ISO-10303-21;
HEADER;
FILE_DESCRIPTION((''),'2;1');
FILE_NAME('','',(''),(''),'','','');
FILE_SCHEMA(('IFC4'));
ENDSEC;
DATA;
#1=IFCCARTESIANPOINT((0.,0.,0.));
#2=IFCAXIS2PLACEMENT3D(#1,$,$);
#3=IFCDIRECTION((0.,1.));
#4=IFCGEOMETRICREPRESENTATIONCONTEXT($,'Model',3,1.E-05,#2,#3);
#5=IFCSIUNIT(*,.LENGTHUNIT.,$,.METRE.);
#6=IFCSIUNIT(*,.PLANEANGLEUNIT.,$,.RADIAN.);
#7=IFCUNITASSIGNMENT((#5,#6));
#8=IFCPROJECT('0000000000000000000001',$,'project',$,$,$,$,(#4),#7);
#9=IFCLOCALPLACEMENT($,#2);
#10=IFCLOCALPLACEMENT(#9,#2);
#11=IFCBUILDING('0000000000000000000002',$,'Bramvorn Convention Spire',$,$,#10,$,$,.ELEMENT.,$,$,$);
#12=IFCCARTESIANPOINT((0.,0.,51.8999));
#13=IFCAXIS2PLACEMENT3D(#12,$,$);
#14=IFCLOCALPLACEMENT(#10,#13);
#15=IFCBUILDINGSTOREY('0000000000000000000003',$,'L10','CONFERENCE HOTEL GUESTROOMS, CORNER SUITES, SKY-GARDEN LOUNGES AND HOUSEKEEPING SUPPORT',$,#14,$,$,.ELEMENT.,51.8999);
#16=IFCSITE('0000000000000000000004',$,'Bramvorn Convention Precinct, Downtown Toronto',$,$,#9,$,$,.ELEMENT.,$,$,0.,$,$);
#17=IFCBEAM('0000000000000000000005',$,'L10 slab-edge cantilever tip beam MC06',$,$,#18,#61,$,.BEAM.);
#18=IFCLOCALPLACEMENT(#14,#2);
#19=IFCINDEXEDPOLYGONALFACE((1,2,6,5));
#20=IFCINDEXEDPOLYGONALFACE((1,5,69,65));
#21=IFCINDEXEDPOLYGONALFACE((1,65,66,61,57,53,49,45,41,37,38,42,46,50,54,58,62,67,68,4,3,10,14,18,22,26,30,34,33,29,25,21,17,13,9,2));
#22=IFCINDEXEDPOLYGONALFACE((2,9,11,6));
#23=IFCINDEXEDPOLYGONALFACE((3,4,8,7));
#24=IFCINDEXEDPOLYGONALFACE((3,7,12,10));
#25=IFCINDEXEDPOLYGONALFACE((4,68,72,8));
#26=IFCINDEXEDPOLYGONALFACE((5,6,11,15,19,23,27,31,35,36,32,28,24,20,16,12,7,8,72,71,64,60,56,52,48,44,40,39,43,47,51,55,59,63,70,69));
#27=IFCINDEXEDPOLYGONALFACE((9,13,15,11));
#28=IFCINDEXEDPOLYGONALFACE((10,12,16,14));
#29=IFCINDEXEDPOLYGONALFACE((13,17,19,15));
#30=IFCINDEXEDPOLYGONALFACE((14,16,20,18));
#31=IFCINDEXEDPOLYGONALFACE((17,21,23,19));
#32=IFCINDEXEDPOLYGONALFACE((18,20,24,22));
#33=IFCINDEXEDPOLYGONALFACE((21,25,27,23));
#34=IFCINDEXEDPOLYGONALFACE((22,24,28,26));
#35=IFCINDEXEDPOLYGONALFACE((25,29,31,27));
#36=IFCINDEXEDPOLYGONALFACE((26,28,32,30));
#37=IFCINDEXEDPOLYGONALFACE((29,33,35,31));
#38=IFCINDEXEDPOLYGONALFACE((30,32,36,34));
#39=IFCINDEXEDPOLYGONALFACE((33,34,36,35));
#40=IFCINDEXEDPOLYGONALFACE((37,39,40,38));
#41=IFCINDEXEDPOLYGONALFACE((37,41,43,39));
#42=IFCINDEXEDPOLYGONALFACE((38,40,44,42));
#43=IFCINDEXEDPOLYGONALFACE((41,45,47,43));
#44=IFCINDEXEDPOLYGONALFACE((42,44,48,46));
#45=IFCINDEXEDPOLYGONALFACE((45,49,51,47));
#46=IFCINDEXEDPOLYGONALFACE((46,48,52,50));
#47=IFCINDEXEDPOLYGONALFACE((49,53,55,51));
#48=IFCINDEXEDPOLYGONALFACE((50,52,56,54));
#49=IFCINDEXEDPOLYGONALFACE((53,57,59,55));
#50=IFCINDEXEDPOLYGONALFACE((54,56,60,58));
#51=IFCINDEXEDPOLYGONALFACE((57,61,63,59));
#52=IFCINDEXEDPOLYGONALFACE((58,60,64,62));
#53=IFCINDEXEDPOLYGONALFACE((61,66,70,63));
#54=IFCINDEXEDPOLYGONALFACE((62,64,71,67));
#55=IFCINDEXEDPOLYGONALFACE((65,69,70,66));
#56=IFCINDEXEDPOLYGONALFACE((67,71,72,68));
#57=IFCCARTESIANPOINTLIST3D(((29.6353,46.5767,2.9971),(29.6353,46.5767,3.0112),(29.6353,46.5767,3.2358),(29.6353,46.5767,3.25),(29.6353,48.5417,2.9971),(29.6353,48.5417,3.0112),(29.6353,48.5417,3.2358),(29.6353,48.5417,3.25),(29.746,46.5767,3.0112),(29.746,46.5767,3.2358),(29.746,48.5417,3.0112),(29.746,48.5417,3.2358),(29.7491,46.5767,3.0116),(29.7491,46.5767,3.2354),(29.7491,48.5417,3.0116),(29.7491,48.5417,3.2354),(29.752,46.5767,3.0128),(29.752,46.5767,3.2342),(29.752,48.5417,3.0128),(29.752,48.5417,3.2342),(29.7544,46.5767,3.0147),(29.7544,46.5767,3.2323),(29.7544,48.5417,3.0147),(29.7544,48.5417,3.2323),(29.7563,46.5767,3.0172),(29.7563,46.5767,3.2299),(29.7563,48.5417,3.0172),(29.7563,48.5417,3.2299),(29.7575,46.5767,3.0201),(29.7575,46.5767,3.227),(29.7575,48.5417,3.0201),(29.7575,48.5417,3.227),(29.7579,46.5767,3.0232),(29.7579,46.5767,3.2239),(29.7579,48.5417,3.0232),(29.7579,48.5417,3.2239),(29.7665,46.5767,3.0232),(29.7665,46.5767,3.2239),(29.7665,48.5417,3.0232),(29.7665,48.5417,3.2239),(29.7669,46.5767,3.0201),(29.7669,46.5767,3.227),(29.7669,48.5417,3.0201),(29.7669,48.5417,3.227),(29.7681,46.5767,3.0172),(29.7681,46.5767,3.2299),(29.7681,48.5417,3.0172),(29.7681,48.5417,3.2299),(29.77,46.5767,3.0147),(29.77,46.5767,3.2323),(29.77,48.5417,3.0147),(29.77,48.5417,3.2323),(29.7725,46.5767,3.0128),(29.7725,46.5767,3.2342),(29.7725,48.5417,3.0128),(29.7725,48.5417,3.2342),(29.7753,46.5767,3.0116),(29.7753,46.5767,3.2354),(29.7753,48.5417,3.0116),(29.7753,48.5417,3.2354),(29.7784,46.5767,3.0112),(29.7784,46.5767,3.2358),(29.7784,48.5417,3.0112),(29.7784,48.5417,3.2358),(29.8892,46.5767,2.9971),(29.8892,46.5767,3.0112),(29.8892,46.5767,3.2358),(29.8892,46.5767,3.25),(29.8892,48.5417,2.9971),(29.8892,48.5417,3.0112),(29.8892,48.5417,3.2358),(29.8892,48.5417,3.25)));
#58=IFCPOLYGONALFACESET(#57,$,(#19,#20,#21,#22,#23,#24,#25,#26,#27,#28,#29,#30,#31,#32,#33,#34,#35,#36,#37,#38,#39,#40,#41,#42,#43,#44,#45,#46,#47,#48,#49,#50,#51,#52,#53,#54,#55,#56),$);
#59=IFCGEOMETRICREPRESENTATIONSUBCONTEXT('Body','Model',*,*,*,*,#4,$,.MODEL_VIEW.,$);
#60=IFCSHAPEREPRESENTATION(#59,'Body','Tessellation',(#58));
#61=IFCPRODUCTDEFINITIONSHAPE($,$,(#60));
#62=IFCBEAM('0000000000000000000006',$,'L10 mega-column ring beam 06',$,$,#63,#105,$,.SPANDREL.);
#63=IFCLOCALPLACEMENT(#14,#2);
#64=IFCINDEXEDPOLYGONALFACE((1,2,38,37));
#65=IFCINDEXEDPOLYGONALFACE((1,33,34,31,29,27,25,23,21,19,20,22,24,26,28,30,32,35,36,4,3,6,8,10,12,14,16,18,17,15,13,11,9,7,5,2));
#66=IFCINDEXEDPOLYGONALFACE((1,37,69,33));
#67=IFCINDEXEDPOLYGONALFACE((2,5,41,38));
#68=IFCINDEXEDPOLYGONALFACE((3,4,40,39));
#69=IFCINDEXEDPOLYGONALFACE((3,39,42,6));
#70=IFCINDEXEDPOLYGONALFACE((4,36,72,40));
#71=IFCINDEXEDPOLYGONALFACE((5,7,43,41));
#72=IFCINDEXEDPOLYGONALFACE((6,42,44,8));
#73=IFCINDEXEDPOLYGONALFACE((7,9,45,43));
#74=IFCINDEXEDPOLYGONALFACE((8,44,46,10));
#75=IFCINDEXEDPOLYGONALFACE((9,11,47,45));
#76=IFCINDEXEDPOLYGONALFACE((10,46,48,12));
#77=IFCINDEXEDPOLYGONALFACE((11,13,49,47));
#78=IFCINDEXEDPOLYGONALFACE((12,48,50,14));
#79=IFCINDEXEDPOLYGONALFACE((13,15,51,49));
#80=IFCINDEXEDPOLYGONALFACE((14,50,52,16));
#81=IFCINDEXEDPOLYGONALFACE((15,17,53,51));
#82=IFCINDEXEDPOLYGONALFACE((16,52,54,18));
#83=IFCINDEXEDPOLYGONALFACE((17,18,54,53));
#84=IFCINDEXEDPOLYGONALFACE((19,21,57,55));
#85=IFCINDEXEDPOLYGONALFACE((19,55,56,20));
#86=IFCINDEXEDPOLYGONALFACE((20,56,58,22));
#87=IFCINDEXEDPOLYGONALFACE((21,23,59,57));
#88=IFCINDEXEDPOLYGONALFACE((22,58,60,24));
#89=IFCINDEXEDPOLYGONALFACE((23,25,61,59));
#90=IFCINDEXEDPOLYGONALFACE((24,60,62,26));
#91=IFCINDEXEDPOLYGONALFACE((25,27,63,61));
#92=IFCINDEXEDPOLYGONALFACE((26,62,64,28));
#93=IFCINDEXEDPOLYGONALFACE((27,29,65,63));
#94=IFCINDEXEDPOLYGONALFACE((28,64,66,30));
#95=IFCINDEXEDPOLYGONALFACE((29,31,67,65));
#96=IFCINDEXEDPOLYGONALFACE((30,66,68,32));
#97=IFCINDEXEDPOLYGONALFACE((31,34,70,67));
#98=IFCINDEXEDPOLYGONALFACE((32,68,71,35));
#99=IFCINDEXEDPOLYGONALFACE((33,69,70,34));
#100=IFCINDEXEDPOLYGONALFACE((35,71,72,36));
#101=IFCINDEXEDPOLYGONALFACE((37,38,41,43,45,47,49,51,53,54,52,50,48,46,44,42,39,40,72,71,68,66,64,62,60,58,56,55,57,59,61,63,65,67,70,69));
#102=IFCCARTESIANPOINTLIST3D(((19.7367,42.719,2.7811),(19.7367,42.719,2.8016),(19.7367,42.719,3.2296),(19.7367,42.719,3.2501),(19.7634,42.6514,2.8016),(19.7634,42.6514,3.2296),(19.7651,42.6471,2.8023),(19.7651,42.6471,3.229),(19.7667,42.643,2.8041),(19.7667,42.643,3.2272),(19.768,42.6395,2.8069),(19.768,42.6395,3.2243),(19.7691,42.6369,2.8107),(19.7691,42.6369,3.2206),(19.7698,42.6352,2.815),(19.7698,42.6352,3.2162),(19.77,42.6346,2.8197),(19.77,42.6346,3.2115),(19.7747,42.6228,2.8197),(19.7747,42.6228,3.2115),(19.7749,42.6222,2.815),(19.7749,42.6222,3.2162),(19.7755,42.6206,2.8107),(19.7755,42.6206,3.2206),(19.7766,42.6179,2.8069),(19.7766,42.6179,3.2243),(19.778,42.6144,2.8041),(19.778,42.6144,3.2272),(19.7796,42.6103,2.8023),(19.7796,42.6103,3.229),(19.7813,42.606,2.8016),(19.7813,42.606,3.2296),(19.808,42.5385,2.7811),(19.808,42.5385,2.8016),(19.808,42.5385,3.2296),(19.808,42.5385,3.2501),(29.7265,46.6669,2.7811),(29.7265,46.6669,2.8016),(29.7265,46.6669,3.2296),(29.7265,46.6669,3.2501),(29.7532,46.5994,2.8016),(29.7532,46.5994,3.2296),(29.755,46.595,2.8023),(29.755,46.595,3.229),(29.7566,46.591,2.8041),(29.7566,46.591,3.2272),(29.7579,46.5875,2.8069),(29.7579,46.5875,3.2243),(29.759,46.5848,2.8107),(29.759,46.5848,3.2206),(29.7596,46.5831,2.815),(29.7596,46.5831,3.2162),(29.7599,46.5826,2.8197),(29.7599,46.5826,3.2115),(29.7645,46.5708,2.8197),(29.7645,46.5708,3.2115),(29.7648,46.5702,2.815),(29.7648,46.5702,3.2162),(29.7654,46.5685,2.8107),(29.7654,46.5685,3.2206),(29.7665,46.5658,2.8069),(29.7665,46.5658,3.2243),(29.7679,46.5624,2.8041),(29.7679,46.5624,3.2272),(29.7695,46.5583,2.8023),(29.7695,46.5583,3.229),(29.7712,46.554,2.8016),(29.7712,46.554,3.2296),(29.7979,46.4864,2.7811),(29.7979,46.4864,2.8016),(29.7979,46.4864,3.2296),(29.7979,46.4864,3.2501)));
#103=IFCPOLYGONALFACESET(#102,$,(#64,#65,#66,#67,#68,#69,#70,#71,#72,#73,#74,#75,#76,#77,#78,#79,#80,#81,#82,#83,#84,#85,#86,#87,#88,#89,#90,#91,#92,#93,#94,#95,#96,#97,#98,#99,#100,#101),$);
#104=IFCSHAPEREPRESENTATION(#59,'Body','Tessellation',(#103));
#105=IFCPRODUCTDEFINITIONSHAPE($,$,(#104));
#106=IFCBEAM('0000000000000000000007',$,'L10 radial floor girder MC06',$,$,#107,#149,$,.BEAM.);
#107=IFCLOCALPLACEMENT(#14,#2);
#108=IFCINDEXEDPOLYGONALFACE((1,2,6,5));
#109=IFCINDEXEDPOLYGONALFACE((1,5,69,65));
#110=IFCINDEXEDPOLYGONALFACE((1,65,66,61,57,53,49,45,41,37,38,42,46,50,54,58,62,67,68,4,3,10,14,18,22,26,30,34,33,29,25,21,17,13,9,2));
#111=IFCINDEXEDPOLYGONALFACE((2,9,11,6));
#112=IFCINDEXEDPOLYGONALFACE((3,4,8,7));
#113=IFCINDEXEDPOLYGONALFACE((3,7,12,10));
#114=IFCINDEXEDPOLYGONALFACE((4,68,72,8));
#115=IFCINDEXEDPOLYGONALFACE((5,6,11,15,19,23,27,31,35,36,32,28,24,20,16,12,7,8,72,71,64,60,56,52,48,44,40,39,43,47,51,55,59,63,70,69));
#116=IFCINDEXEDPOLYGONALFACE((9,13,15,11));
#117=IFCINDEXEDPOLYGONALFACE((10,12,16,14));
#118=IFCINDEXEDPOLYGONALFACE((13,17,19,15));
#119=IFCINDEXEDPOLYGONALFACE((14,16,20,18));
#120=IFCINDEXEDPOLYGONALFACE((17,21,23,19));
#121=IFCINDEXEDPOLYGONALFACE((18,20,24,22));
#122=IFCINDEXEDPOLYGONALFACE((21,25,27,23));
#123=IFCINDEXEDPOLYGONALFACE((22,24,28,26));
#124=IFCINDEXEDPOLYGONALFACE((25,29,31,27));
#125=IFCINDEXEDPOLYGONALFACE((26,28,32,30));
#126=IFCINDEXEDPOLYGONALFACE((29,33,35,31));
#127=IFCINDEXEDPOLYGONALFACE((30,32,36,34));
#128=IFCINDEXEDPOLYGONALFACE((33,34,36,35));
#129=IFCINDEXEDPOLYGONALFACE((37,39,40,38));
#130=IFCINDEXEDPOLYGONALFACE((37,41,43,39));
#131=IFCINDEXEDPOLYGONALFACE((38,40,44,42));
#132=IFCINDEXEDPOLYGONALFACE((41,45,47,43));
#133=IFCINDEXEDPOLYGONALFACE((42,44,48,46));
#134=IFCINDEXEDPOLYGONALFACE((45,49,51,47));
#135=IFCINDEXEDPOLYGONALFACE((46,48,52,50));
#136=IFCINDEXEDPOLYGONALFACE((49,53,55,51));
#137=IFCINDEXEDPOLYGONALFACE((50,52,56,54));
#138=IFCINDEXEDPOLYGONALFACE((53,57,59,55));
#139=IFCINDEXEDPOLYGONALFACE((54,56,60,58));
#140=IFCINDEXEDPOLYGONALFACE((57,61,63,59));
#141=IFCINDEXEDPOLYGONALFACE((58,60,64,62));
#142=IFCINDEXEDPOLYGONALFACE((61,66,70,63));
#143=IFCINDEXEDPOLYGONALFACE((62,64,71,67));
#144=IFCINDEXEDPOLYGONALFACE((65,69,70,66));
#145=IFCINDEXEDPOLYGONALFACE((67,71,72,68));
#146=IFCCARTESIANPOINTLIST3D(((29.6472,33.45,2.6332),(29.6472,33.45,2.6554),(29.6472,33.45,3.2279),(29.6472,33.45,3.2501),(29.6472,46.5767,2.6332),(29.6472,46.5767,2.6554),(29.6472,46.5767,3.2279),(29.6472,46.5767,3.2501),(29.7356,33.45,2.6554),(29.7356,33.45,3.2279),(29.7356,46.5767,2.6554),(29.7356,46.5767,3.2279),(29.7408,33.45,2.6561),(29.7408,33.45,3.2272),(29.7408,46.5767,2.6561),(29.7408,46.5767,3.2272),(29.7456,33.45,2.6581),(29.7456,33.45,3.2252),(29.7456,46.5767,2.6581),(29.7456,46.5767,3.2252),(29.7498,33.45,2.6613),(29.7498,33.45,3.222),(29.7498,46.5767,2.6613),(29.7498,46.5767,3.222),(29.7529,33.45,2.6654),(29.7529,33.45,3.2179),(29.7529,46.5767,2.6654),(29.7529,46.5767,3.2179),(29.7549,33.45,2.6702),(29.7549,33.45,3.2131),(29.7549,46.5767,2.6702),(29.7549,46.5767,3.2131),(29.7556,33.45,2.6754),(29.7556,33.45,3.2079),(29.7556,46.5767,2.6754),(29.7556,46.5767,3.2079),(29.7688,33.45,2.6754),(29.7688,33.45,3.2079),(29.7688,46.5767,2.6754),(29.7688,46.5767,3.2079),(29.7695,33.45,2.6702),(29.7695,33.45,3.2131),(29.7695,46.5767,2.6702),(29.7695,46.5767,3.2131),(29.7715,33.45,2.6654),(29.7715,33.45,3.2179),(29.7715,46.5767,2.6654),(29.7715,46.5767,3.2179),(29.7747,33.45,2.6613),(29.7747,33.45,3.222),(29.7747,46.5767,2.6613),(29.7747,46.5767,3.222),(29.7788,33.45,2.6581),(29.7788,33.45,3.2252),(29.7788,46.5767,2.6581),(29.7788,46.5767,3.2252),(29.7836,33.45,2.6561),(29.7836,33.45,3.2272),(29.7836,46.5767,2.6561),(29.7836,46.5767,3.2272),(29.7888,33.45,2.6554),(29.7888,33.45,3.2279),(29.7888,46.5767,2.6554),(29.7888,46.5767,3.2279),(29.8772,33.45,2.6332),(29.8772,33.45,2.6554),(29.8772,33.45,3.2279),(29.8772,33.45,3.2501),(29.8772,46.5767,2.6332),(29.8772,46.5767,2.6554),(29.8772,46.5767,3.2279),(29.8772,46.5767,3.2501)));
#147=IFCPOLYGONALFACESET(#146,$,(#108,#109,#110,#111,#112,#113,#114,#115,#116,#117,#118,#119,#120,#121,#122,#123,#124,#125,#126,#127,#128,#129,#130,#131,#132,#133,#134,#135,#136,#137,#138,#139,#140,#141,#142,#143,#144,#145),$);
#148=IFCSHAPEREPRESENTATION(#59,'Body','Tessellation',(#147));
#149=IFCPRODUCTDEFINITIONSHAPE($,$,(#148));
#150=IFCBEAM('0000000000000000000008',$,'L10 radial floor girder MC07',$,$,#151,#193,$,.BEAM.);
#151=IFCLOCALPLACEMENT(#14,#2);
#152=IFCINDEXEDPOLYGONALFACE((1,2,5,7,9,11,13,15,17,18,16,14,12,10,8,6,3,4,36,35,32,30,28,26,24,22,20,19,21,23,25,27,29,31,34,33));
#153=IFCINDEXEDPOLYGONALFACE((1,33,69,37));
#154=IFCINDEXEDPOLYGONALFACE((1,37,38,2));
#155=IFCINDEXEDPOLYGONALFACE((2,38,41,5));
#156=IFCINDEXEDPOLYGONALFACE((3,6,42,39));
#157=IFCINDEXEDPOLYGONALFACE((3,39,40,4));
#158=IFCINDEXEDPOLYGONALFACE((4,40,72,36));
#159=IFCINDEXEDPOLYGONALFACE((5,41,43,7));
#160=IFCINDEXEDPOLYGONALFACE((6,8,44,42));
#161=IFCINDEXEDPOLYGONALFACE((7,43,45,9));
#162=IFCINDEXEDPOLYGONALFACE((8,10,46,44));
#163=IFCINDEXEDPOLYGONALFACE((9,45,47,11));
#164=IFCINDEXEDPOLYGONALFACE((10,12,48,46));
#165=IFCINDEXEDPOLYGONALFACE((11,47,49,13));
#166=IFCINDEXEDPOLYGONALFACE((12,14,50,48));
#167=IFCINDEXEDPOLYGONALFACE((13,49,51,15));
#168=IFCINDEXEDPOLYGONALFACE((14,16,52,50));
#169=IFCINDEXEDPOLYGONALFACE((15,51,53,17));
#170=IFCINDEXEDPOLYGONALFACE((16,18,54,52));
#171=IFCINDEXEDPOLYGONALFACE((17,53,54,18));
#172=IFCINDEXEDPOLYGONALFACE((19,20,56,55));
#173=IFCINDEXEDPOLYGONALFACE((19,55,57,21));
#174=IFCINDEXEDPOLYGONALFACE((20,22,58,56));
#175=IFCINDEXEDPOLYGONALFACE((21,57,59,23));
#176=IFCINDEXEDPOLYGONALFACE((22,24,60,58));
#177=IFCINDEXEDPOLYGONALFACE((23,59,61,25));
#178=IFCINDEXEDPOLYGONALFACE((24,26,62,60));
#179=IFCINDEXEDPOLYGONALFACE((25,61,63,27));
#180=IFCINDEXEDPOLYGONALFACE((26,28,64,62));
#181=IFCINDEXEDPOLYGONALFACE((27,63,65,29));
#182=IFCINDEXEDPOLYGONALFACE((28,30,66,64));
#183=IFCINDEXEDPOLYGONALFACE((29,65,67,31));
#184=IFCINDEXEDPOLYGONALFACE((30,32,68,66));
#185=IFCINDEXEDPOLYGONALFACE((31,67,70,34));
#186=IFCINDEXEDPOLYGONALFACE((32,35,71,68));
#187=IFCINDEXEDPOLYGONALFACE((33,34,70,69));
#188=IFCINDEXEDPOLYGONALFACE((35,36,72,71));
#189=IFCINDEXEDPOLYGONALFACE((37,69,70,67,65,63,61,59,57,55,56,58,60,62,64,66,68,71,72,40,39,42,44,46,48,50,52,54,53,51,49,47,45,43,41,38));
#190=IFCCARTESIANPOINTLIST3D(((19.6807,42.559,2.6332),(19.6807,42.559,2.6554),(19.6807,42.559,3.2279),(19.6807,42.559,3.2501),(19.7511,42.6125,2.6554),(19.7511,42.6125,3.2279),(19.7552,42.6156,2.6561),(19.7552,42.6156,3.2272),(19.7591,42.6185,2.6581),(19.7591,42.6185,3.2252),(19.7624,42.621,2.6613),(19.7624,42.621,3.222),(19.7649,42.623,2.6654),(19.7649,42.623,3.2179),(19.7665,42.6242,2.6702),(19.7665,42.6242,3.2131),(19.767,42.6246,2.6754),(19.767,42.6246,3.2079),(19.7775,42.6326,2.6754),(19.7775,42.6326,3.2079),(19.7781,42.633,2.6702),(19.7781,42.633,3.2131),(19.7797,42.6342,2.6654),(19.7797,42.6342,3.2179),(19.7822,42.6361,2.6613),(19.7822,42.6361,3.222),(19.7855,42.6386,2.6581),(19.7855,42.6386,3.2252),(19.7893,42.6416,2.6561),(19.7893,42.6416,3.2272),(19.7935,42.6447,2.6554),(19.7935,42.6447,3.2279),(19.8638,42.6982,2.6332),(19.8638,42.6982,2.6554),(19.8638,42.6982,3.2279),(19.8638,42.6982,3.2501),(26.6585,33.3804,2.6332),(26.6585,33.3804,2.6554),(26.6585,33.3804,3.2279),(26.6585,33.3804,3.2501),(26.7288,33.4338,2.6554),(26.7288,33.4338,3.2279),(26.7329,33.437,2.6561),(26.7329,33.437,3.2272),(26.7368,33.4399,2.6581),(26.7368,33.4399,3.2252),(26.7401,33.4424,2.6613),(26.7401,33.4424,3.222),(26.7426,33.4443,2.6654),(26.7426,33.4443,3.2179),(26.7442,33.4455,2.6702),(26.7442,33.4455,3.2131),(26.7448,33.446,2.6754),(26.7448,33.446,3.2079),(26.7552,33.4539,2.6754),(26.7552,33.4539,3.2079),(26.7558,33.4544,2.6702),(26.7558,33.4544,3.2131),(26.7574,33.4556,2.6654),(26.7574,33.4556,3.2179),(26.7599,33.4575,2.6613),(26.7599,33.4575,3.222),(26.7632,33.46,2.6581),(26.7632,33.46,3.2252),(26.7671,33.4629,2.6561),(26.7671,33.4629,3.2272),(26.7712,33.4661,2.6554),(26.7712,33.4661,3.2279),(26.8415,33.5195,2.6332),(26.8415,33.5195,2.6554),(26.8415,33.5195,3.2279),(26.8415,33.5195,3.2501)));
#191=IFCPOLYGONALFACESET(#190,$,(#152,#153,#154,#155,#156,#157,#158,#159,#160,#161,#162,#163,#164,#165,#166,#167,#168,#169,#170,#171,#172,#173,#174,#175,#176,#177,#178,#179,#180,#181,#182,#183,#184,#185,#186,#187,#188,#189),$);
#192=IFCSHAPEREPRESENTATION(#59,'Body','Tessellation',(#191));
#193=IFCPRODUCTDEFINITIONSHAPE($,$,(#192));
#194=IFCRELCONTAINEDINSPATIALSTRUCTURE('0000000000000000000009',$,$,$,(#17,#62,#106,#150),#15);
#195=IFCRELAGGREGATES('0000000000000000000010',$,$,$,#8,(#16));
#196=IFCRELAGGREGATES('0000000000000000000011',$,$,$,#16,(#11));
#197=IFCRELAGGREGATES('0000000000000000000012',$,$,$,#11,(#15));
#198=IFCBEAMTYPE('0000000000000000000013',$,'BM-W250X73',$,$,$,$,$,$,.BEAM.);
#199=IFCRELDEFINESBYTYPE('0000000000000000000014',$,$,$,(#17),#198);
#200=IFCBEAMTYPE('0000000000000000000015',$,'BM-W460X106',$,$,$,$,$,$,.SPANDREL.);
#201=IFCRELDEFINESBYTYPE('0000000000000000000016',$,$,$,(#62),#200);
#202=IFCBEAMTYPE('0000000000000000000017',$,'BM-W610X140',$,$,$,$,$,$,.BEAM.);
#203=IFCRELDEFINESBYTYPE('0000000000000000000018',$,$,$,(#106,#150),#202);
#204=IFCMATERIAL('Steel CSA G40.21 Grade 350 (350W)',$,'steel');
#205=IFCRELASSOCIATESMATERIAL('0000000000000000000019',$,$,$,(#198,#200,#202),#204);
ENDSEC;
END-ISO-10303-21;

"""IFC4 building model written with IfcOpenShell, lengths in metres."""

from ifc_helpers import new_model, si_unit, direction, frame, origin, origin_2d, place, context, subcontext, project, spatial, i_section, extrude, material, material_profile, profile_set, type_object, element, save


model = new_model("IFC4")

# Units and contexts
model_context = context("Model", 3, precision=1e-05, world=origin(), true_north=direction((0.0, 1.0)))
body_context = subcontext(model_context, "Body", "Model", "MODEL_VIEW")
ifc_project = project(units=[si_unit("LENGTHUNIT", "METRE"), si_unit("PLANEANGLEUNIT", "RADIAN")], contexts=[model_context])

# Site, building, storey
site_placement = place(None, origin())
site = spatial("IfcSite", under=ifc_project, at=site_placement, Name="Bramvorn Convention Precinct, Downtown Toronto", CompositionType="ELEMENT", RefElevation=0.0)
building_placement = place(site_placement, origin())
building = spatial("IfcBuilding", under=site, at=building_placement, Name="Bramvorn Convention Spire", CompositionType="ELEMENT")
storey_placement = place(building_placement, frame((0.0, 0.0, 51.8999)))
storey = spatial("IfcBuildingStorey", under=building, at=storey_placement, Name="L10", Description="CONFERENCE HOTEL GUESTROOMS, CORNER SUITES, SKY-GARDEN LOUNGES AND HOUSEKEEPING SUPPORT", CompositionType="ELEMENT", Elevation=51.8999)

# Shared definitions
ifc_material_1 = material(Name="Steel CSA G40.21 Grade 350 (350W)", Category="steel")

# Beams
ifc_material_profile_1 = material_profile(ifc_material_1, i_section(OverallWidth=0.2539, OverallDepth=0.2529, WebThickness=0.0085, FlangeThickness=0.0142, FilletRadius=0.012, at=origin_2d()))
ifc_profile_set_1 = profile_set([ifc_material_profile_1], Name="Steel CSA G40.21 Grade 350 (350W) - W250X73")
beam_type_1 = type_object("IfcBeamType", Name="BM-W250X73", PredefinedType="BEAM", material=ifc_profile_set_1)
beam_1_placement = place(storey_placement, frame((29.7622, 46.5767, 3.1235), z_axis=(0.0, 1.0, 0.0), x_axis=(-1.0, 0.0, 0.0)))
element("IfcBeam", 1, at=beam_1_placement, inside=storey, type_object=beam_type_1, Name="L10 slab-edge cantilever tip beam MC06", PredefinedType="BEAM", context=body_context, shape_type="SweptSolid", body=[
    extrude(i_section(OverallWidth=0.2539, OverallDepth=0.2529, WebThickness=0.0085, FlangeThickness=0.0142, FilletRadius=0.012, at=origin_2d()), origin(), (0.0, 0.0, 1.0), 1.9651),
])
ifc_material_profile_2 = material_profile(ifc_material_1, i_section(OverallWidth=0.1941, OverallDepth=0.469, WebThickness=0.0127, FlangeThickness=0.0205, FilletRadius=0.0181, at=origin_2d()))
ifc_profile_set_2 = profile_set([ifc_material_profile_2], Name="Steel CSA G40.21 Grade 350 (350W) - W460X106")
beam_type_2 = type_object("IfcBeamType", Name="BM-W460X106", PredefinedType="SPANDREL", material=ifc_profile_set_2)
beam_2_placement = place(storey_placement, frame((29.7622, 46.5767, 3.0156), z_axis=(-0.93001, -0.367535, 0.0), x_axis=(0.367535, -0.93001, 0.0)))
element("IfcBeam", 2, at=beam_2_placement, inside=storey, type_object=beam_type_2, Name="L10 mega-column ring beam 06", PredefinedType="SPANDREL", context=body_context, shape_type="SweptSolid", body=[
    extrude(i_section(OverallWidth=0.1941, OverallDepth=0.469, WebThickness=0.0127, FlangeThickness=0.0205, FilletRadius=0.0181, at=origin_2d()), origin(), (0.0, 0.0, 1.0), 10.7417),
])
ifc_material_profile_3 = material_profile(ifc_material_1, i_section(OverallWidth=0.23, OverallDepth=0.6169, WebThickness=0.0132, FlangeThickness=0.0222, FilletRadius=0.02, at=origin_2d()))
ifc_profile_set_3 = profile_set([ifc_material_profile_3], Name="Steel CSA G40.21 Grade 350 (350W) - W610X140")
beam_type_3 = type_object("IfcBeamType", Name="BM-W610X140", PredefinedType="BEAM", material=ifc_profile_set_3)
beam_3_placement = place(storey_placement, frame((29.7622, 33.45, 2.9417), z_axis=(0.0, 1.0, 0.0), x_axis=(-1.0, 0.0, 0.0)))
element("IfcBeam", 3, at=beam_3_placement, inside=storey, type_object=beam_type_3, Name="L10 radial floor girder MC06", PredefinedType="BEAM", context=body_context, shape_type="SweptSolid", body=[
    extrude(i_section(OverallWidth=0.23, OverallDepth=0.6169, WebThickness=0.0132, FlangeThickness=0.0222, FilletRadius=0.02, at=origin_2d()), origin(), (0.0, 0.0, 1.0), 13.1267),
])
beam_4_placement = place(storey_placement, frame((26.75, 33.45, 2.9417), z_axis=(-0.605191, 0.79608, 0.0), x_axis=(-0.79608, -0.605191, 0.0)))
element("IfcBeam", 4, at=beam_4_placement, inside=storey, type_object=beam_type_3, Name="L10 radial floor girder MC07", PredefinedType="BEAM", context=body_context, shape_type="SweptSolid", body=[
    extrude(i_section(OverallWidth=0.23, OverallDepth=0.6169, WebThickness=0.0132, FlangeThickness=0.0222, FilletRadius=0.02, at=origin_2d()), origin(), (0.0, 0.0, 1.0), 11.5298),
])

save(model, "model.ifc")
